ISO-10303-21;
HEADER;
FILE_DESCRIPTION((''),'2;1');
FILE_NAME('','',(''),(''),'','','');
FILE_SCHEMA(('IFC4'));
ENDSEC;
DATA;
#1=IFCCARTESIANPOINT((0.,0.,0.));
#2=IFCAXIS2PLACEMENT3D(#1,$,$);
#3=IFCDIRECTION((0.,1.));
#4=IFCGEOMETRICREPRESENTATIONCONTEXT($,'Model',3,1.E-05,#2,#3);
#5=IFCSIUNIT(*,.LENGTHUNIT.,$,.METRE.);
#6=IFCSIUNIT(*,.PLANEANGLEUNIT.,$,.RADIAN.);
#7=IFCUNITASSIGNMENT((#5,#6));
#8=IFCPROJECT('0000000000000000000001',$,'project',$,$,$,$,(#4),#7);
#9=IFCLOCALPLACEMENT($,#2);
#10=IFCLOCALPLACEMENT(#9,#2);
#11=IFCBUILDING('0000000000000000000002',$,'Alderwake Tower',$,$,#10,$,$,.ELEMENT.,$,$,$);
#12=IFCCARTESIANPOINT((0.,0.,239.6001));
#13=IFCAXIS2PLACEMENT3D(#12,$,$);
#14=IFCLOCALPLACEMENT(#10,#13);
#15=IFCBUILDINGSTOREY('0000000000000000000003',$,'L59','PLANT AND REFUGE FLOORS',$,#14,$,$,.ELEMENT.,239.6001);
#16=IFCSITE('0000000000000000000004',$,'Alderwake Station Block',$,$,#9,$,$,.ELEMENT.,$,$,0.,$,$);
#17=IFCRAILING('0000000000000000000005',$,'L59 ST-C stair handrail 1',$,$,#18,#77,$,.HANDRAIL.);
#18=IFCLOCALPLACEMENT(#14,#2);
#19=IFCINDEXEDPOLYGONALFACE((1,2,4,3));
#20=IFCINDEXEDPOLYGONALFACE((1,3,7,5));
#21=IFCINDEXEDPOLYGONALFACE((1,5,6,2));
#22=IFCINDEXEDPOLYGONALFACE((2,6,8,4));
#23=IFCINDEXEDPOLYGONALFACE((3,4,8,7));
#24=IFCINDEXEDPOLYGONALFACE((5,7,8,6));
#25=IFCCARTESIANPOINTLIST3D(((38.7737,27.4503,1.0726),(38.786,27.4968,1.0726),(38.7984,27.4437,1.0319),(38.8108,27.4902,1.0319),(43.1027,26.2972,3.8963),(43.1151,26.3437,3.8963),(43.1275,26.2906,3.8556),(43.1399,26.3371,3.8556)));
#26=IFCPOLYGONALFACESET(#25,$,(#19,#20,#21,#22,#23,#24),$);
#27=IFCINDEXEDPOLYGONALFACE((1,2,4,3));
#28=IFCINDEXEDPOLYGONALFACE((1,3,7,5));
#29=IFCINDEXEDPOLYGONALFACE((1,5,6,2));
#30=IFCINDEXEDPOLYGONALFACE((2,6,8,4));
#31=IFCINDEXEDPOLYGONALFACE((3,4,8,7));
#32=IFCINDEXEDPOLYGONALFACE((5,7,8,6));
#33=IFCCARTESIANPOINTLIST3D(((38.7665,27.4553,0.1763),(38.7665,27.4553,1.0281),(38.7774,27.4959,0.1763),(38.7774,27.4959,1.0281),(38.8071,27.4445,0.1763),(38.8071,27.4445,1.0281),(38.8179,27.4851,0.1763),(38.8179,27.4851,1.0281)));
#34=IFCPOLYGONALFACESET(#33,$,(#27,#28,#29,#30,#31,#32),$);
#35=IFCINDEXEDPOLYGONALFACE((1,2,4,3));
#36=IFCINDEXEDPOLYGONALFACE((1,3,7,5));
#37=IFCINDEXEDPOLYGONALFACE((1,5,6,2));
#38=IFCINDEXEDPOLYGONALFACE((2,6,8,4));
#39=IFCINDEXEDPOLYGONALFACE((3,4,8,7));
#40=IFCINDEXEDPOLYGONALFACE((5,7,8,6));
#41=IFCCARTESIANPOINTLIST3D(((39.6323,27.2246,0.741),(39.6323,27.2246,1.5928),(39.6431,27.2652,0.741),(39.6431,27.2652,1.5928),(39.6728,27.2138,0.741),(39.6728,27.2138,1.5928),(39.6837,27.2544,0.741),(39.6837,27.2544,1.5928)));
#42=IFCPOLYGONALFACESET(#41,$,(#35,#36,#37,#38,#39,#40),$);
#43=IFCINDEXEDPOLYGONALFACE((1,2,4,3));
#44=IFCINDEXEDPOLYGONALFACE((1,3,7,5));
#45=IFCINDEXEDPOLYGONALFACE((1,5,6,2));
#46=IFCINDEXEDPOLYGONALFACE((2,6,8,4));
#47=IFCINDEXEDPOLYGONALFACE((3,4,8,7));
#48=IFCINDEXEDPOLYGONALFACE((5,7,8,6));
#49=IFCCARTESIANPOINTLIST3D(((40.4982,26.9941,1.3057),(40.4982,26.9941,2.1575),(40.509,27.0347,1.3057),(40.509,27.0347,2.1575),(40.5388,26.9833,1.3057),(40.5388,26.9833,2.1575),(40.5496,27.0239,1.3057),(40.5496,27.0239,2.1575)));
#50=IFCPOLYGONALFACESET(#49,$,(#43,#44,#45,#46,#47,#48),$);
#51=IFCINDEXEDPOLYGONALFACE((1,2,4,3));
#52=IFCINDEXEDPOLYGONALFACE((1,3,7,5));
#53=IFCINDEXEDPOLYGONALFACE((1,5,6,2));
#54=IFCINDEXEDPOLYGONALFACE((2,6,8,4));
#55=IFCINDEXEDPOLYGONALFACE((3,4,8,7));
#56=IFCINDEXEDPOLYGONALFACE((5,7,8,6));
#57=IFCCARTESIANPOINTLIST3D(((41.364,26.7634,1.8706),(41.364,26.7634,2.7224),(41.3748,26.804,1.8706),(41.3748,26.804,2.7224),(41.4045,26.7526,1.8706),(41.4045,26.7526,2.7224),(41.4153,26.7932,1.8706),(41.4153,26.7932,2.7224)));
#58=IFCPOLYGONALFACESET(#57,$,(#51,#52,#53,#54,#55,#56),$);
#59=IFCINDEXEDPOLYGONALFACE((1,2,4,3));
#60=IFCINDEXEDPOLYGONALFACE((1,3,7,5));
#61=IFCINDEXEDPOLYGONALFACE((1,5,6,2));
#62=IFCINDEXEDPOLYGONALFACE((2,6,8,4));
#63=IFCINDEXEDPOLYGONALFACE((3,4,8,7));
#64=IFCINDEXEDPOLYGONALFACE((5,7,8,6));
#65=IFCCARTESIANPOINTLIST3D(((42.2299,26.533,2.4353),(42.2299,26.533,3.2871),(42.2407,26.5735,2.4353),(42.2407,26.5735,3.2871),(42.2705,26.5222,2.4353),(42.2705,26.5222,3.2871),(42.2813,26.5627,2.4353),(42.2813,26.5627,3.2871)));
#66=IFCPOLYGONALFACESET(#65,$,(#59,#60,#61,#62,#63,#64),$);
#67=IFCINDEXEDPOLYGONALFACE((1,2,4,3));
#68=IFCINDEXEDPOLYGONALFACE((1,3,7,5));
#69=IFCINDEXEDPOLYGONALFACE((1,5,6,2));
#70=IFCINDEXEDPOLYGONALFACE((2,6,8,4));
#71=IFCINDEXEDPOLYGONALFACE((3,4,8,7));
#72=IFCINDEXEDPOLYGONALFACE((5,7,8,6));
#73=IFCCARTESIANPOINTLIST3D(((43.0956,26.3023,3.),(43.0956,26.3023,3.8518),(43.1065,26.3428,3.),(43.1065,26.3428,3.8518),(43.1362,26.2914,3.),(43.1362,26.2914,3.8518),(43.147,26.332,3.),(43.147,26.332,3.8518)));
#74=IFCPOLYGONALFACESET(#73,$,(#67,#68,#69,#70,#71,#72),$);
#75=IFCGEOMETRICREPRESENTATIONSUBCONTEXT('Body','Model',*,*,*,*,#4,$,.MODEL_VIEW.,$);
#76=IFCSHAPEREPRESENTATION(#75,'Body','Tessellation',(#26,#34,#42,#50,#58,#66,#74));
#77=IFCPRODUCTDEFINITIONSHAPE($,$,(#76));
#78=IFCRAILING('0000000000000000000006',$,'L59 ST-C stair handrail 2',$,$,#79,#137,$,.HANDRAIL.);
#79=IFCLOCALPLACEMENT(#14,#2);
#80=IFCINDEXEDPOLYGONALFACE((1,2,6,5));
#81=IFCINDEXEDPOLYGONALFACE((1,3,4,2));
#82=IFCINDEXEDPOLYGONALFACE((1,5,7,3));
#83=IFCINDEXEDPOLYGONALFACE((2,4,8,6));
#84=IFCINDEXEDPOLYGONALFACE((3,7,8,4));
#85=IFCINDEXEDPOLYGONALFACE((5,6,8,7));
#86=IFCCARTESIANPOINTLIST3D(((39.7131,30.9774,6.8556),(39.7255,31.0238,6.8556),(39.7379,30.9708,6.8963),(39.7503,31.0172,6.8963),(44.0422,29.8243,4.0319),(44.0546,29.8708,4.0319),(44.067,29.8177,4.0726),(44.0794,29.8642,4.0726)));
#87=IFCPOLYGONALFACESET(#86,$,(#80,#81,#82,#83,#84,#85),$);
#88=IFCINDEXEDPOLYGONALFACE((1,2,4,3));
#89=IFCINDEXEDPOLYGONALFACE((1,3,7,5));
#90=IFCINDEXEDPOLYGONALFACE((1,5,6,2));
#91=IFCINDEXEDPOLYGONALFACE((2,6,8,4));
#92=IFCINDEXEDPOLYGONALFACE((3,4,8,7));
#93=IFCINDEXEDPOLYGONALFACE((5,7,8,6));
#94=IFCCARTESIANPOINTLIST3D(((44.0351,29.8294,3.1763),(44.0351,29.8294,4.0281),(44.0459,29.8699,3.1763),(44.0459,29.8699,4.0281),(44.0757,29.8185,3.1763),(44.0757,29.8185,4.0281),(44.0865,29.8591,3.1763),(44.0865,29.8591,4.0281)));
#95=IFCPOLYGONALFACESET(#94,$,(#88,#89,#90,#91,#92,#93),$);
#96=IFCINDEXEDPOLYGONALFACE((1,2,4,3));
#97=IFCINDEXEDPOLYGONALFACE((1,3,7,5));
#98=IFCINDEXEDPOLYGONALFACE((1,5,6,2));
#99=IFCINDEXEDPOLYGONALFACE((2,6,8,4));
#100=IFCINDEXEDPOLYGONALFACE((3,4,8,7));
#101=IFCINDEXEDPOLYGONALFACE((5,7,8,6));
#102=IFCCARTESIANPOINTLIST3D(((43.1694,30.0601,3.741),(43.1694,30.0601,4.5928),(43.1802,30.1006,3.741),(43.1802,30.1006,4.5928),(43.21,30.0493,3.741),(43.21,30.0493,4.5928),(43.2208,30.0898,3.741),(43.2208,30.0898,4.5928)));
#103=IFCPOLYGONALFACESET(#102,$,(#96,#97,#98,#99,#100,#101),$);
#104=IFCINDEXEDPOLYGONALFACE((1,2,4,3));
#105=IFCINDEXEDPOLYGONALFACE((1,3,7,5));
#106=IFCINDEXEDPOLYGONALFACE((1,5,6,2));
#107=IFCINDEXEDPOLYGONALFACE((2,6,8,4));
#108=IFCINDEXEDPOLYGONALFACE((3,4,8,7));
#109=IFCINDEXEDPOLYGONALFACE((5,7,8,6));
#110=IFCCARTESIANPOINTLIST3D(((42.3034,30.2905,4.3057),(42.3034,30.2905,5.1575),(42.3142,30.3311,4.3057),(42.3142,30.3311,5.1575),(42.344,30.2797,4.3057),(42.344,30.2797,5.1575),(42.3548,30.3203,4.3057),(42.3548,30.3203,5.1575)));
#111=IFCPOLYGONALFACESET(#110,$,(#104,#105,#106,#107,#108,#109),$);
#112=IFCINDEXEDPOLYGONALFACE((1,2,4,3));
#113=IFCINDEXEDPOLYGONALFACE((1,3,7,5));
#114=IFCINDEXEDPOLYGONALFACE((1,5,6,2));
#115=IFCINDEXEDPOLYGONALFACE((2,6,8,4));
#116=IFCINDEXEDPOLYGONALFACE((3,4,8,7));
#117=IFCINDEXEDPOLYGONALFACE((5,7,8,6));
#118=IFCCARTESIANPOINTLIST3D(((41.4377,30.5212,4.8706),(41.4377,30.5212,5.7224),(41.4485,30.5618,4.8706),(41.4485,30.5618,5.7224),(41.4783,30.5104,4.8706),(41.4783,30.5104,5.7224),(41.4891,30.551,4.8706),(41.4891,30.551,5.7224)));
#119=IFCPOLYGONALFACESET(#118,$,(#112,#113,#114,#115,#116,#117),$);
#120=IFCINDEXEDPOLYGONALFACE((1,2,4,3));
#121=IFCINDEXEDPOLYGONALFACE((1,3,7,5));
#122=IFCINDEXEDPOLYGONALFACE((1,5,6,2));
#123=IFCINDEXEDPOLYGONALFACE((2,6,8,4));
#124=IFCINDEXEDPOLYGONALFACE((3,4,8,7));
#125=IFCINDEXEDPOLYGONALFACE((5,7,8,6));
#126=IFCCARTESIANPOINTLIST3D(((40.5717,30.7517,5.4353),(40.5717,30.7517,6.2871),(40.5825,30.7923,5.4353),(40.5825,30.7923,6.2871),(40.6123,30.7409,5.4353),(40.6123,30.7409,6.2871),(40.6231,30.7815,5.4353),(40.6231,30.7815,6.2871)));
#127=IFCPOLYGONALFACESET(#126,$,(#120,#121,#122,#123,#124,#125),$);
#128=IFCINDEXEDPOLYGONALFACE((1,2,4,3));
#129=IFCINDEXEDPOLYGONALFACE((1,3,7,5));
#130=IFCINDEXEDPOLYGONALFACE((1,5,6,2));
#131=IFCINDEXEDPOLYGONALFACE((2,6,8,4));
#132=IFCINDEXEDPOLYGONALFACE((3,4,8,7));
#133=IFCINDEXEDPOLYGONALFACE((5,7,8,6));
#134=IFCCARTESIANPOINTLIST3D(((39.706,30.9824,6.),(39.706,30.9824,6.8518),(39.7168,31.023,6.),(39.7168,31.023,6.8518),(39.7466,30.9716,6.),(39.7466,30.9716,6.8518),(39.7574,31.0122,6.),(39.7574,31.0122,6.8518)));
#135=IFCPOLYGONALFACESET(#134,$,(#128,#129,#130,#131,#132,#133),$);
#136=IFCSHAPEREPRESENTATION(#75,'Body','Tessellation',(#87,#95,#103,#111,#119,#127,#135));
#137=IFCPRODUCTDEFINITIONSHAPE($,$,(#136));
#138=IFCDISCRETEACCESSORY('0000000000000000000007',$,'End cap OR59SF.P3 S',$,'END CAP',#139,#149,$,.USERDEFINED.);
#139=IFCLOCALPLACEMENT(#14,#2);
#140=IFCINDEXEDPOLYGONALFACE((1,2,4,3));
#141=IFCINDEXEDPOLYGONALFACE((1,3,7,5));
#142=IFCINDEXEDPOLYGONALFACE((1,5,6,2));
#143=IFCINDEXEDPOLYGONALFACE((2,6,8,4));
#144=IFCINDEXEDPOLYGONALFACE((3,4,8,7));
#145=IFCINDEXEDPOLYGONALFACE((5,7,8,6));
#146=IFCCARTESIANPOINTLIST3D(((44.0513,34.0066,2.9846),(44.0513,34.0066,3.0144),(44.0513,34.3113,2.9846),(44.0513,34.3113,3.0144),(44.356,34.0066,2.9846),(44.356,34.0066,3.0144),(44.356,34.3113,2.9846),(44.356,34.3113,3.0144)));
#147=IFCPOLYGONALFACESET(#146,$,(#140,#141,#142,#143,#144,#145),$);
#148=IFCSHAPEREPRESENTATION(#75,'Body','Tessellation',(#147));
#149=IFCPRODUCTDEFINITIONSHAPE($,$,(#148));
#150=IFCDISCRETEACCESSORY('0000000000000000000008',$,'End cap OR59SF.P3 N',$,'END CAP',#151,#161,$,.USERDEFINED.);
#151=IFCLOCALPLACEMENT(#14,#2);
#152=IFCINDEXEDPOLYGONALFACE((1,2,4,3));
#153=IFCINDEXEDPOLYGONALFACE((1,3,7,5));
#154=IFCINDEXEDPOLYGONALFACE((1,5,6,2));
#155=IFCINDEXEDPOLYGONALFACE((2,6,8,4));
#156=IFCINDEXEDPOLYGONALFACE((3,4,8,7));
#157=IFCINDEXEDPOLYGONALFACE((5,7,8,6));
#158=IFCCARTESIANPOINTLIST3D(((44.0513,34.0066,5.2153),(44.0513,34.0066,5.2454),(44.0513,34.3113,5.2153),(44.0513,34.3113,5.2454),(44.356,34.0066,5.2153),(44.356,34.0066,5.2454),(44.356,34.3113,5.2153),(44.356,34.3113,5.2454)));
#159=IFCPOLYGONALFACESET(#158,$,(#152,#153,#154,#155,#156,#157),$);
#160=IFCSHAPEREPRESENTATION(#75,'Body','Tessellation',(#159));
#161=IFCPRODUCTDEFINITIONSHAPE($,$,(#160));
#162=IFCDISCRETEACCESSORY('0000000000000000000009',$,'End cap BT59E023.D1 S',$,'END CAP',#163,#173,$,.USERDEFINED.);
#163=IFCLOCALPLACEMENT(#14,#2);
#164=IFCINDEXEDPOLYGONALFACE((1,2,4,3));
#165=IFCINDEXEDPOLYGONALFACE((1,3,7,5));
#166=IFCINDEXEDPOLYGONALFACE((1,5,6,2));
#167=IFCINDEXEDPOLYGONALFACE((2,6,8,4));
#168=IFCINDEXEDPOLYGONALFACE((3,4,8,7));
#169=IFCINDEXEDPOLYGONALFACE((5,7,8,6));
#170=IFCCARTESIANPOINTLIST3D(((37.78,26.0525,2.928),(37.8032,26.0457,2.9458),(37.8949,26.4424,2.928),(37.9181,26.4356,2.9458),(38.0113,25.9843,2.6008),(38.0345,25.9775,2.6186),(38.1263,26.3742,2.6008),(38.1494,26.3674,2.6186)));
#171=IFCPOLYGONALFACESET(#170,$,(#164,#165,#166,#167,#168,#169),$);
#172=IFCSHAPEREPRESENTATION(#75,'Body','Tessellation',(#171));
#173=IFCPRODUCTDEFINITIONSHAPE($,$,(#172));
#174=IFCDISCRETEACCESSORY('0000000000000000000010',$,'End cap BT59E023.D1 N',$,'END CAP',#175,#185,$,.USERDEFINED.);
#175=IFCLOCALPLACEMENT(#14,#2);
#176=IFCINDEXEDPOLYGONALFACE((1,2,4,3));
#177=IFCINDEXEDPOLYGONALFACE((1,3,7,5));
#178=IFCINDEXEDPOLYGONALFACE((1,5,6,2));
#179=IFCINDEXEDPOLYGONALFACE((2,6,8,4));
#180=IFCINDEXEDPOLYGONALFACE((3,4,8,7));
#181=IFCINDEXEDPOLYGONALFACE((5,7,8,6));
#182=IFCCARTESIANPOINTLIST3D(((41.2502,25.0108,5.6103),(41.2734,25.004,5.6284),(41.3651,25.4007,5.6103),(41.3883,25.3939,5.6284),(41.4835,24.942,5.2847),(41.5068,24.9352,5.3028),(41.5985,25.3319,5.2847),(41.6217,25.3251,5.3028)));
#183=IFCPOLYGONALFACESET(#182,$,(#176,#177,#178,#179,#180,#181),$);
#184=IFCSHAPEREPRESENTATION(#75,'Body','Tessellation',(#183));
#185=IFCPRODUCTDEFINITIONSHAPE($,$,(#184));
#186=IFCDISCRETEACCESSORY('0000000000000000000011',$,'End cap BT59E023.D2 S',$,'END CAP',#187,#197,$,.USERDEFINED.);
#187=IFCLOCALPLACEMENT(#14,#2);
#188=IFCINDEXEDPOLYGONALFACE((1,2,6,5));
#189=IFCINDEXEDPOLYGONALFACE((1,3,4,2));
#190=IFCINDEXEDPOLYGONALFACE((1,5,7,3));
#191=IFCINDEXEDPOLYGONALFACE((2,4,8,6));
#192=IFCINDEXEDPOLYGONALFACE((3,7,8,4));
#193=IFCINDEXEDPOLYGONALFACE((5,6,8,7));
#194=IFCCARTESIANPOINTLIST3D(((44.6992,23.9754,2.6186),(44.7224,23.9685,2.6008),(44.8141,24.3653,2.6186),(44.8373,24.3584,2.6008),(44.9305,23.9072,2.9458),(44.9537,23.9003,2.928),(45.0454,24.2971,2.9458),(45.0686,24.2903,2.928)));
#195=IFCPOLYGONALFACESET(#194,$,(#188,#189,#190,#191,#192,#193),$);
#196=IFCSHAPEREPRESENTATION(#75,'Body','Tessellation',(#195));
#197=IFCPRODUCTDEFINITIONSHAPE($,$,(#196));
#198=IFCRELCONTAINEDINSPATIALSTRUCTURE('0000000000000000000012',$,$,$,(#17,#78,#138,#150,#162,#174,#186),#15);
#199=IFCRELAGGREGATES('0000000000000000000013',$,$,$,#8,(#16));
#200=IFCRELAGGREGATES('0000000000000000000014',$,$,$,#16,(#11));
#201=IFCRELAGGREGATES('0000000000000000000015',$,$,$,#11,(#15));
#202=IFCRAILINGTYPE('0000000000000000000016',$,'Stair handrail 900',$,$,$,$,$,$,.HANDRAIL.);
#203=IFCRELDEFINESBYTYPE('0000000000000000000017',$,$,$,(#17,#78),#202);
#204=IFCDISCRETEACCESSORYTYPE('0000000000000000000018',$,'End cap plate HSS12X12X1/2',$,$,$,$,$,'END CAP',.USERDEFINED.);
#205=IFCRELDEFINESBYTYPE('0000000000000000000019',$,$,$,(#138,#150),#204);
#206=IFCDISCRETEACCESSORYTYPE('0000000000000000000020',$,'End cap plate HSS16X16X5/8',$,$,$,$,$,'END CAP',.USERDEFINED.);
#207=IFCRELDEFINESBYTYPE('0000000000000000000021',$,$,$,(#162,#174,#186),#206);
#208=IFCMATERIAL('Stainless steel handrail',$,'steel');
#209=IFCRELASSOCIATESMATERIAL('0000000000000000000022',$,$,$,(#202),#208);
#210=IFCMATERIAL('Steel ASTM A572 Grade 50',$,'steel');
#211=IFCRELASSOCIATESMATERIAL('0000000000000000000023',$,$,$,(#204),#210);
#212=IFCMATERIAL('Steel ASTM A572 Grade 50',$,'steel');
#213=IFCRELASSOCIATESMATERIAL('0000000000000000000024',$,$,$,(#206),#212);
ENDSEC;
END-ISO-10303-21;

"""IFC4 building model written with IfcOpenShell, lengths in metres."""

from ifc_helpers import new_model, si_unit, direction, frame, origin, origin_2d, place, context, subcontext, project, spatial, rectangle, extrude, material, material_profile, profile_set, type_object, element, save


model = new_model("IFC4")

# Units and contexts
model_context = context("Model", 3, precision=1e-05, world=origin(), true_north=direction((0.0, 1.0)))
body_context = subcontext(model_context, "Body", "Model", "MODEL_VIEW")
ifc_project = project(units=[si_unit("LENGTHUNIT", "METRE"), si_unit("PLANEANGLEUNIT", "RADIAN")], contexts=[model_context])

# Site, building, storey
site_placement = place(None, origin())
site = spatial("IfcSite", under=ifc_project, at=site_placement, Name="Alderwake Station Block", CompositionType="ELEMENT", RefElevation=0.0)
building_placement = place(site_placement, origin())
building = spatial("IfcBuilding", under=site, at=building_placement, Name="Alderwake Tower", CompositionType="ELEMENT")
storey_placement = place(building_placement, frame((0.0, 0.0, 239.6001)))
storey = spatial("IfcBuildingStorey", under=building, at=storey_placement, Name="L59", Description="PLANT AND REFUGE FLOORS", CompositionType="ELEMENT", Elevation=239.6001)

# Railings
ifc_material_1 = material(Name="Stainless steel handrail", Category="steel")
railing_type_1 = type_object("IfcRailingType", Name="Stair handrail 900", PredefinedType="HANDRAIL", material=ifc_material_1)
railing_1_placement = place(storey_placement, frame((38.7922, 27.4702, 0.1763)))
element("IfcRailing", 1, at=railing_1_placement, inside=storey, type_object=railing_type_1, Name="L59 ST-C stair handrail 1", PredefinedType="HANDRAIL", context=body_context, shape_type="SweptSolid", body=[
    extrude(rectangle(XDim=0.0481, YDim=0.0481, at=origin_2d()), frame((0.0, 0.0, 0.876), z_axis=(0.817479, -0.217739, 0.533215), x_axis=(0.257381, 0.96631, 0.0)), (0.0, 0.0, 1.0), 5.2957),
    extrude(rectangle(XDim=0.042, YDim=0.042, at=origin_2d()), frame((0.0, 0.0, 0.0), z_axis=(0.0, 0.0, 1.0), x_axis=(0.96631, -0.257381, 0.0)), (0.0, 0.0, 1.0), 0.8518),
    extrude(rectangle(XDim=0.042, YDim=0.042, at=origin_2d()), frame((0.8657, -0.2307, 0.5647), z_axis=(0.0, 0.0, 1.0), x_axis=(0.96631, -0.257381, 0.0)), (0.0, 0.0, 1.0), 0.8518),
    extrude(rectangle(XDim=0.042, YDim=0.042, at=origin_2d()), frame((1.7317, -0.4612, 1.1294), z_axis=(0.0, 0.0, 1.0), x_axis=(0.96631, -0.257381, 0.0)), (0.0, 0.0, 1.0), 0.8518),
    extrude(rectangle(XDim=0.042, YDim=0.042, at=origin_2d()), frame((2.5974, -0.6919, 1.6943), z_axis=(0.0, 0.0, 1.0), x_axis=(0.96631, -0.257381, 0.0)), (0.0, 0.0, 1.0), 0.8518),
    extrude(rectangle(XDim=0.042, YDim=0.042, at=origin_2d()), frame((3.4634, -0.9224, 2.259), z_axis=(0.0, 0.0, 1.0), x_axis=(0.96631, -0.257381, 0.0)), (0.0, 0.0, 1.0), 0.8518),
    extrude(rectangle(XDim=0.042, YDim=0.042, at=origin_2d()), frame((4.3291, -1.1531, 2.8237), z_axis=(0.0, 0.0, 1.0), x_axis=(0.96631, -0.257381, 0.0)), (0.0, 0.0, 1.0), 0.8518),
])
railing_2_placement = place(storey_placement, frame((44.0608, 29.8442, 3.1763)))
element("IfcRailing", 2, at=railing_2_placement, inside=storey, type_object=railing_type_1, Name="L59 ST-C stair handrail 2", PredefinedType="HANDRAIL", context=body_context, shape_type="SweptSolid", body=[
    extrude(rectangle(XDim=0.0481, YDim=0.0481, at=origin_2d()), frame((0.0, 0.0, 0.876), z_axis=(-0.817479, 0.217739, 0.533215), x_axis=(-0.257381, -0.96631, 0.0)), (0.0, 0.0, 1.0), 5.2957),
    extrude(rectangle(XDim=0.042, YDim=0.042, at=origin_2d()), frame((0.0, 0.0, 0.0), z_axis=(0.0, 0.0, 1.0), x_axis=(-0.96631, 0.257381, 0.0)), (0.0, 0.0, 1.0), 0.8518),
    extrude(rectangle(XDim=0.042, YDim=0.042, at=origin_2d()), frame((-0.8657, 0.2307, 0.5647), z_axis=(0.0, 0.0, 1.0), x_axis=(-0.96631, 0.257381, 0.0)), (0.0, 0.0, 1.0), 0.8518),
    extrude(rectangle(XDim=0.042, YDim=0.042, at=origin_2d()), frame((-1.7317, 0.4612, 1.1294), z_axis=(0.0, 0.0, 1.0), x_axis=(-0.96631, 0.257381, 0.0)), (0.0, 0.0, 1.0), 0.8518),
    extrude(rectangle(XDim=0.042, YDim=0.042, at=origin_2d()), frame((-2.5974, 0.6919, 1.6943), z_axis=(0.0, 0.0, 1.0), x_axis=(-0.96631, 0.257381, 0.0)), (0.0, 0.0, 1.0), 0.8518),
    extrude(rectangle(XDim=0.042, YDim=0.042, at=origin_2d()), frame((-3.4634, 0.9224, 2.259), z_axis=(0.0, 0.0, 1.0), x_axis=(-0.96631, 0.257381, 0.0)), (0.0, 0.0, 1.0), 0.8518),
    extrude(rectangle(XDim=0.042, YDim=0.042, at=origin_2d()), frame((-4.3291, 1.1531, 2.8237), z_axis=(0.0, 0.0, 1.0), x_axis=(-0.96631, 0.257381, 0.0)), (0.0, 0.0, 1.0), 0.8518),
])

# Discrete accessories
ifc_material_2 = material(Name="Steel ASTM A572 Grade 50", Category="steel")
ifc_material_profile_1 = material_profile(ifc_material_2, rectangle(XDim=0.3047, YDim=0.3047, at=origin_2d()), Name="HSS12X12X1/2 cap")
ifc_profile_set_1 = profile_set([ifc_material_profile_1], Name="Steel ASTM A572 Grade 50")
discrete_accessory_type_1 = type_object("IfcDiscreteAccessoryType", Name="End cap plate HSS12X12X1/2", ElementType="END CAP", PredefinedType="USERDEFINED", material=ifc_profile_set_1)
discrete_accessory_1_placement = place(storey_placement, frame((44.2036, 34.1589, 3.0144), z_axis=(0.0, 0.0, -1.0), x_axis=(1.0, 0.0, 0.0)))
element("IfcDiscreteAccessory", 3, at=discrete_accessory_1_placement, inside=storey, type_object=discrete_accessory_type_1, Name="End cap OR59SF.P3 S", ObjectType="END CAP", PredefinedType="USERDEFINED", context=body_context, shape_type="SweptSolid", body=[
    extrude(rectangle(XDim=0.3047, YDim=0.3047, at=origin_2d()), origin(), (0.0, 0.0, 1.0), 0.0298),
])
discrete_accessory_2_placement = place(storey_placement, frame((44.2036, 34.1589, 5.2153), z_axis=(0.0, 0.0, 1.0), x_axis=(1.0, 0.0, 0.0)))
element("IfcDiscreteAccessory", 4, at=discrete_accessory_2_placement, inside=storey, type_object=discrete_accessory_type_1, Name="End cap OR59SF.P3 N", ObjectType="END CAP", PredefinedType="USERDEFINED", context=body_context, shape_type="SweptSolid", body=[
    extrude(rectangle(XDim=0.3047, YDim=0.3047, at=origin_2d()), origin(), (0.0, 0.0, 1.0), 0.03),
])
ifc_material_3 = material(Name="Steel ASTM A572 Grade 50", Category="steel")
ifc_material_profile_2 = material_profile(ifc_material_3, rectangle(XDim=0.4065, YDim=0.4065, at=origin_2d()), Name="HSS16X16X5/8 cap")
ifc_profile_set_2 = profile_set([ifc_material_profile_2], Name="Steel ASTM A572 Grade 50")
discrete_accessory_type_2 = type_object("IfcDiscreteAccessoryType", Name="End cap plate HSS16X16X5/8", ElementType="END CAP", PredefinedType="USERDEFINED", material=ifc_profile_set_2)
discrete_accessory_3_placement = place(storey_placement, frame((37.9763, 26.2065, 2.7822), z_axis=(-0.772128, 0.227575, -0.593319), x_axis=(-0.282713, -0.959205, 0.0)))
element("IfcDiscreteAccessory", 5, at=discrete_accessory_3_placement, inside=storey, type_object=discrete_accessory_type_2, Name="End cap BT59E023.D1 S", ObjectType="END CAP", PredefinedType="USERDEFINED", context=body_context, shape_type="SweptSolid", body=[
    extrude(rectangle(XDim=0.4065, YDim=0.4065, at=origin_2d()), origin(), (0.0, 0.0, 1.0), 0.03),
])
discrete_accessory_4_placement = place(storey_placement, frame((41.4243, 25.1714, 5.4475), z_axis=(0.768406, -0.226478, 0.598548), x_axis=(0.282713, 0.959205, 0.0)))
element("IfcDiscreteAccessory", 6, at=discrete_accessory_4_placement, inside=storey, type_object=discrete_accessory_type_2, Name="End cap BT59E023.D1 N", ObjectType="END CAP", PredefinedType="USERDEFINED", context=body_context, shape_type="SweptSolid", body=[
    extrude(rectangle(XDim=0.4065, YDim=0.4065, at=origin_2d()), origin(), (0.0, 0.0, 1.0), 0.0303),
])
discrete_accessory_5_placement = place(storey_placement, frame((44.8723, 24.1362, 2.7822), z_axis=(0.772128, -0.227575, -0.593319), x_axis=(0.282713, 0.959205, 0.0)))
element("IfcDiscreteAccessory", 7, at=discrete_accessory_5_placement, inside=storey, type_object=discrete_accessory_type_2, Name="End cap BT59E023.D2 S", ObjectType="END CAP", PredefinedType="USERDEFINED", context=body_context, shape_type="SweptSolid", body=[
    extrude(rectangle(XDim=0.4065, YDim=0.4065, at=origin_2d()), origin(), (0.0, 0.0, 1.0), 0.03),
])

save(model, "model.ifc")
